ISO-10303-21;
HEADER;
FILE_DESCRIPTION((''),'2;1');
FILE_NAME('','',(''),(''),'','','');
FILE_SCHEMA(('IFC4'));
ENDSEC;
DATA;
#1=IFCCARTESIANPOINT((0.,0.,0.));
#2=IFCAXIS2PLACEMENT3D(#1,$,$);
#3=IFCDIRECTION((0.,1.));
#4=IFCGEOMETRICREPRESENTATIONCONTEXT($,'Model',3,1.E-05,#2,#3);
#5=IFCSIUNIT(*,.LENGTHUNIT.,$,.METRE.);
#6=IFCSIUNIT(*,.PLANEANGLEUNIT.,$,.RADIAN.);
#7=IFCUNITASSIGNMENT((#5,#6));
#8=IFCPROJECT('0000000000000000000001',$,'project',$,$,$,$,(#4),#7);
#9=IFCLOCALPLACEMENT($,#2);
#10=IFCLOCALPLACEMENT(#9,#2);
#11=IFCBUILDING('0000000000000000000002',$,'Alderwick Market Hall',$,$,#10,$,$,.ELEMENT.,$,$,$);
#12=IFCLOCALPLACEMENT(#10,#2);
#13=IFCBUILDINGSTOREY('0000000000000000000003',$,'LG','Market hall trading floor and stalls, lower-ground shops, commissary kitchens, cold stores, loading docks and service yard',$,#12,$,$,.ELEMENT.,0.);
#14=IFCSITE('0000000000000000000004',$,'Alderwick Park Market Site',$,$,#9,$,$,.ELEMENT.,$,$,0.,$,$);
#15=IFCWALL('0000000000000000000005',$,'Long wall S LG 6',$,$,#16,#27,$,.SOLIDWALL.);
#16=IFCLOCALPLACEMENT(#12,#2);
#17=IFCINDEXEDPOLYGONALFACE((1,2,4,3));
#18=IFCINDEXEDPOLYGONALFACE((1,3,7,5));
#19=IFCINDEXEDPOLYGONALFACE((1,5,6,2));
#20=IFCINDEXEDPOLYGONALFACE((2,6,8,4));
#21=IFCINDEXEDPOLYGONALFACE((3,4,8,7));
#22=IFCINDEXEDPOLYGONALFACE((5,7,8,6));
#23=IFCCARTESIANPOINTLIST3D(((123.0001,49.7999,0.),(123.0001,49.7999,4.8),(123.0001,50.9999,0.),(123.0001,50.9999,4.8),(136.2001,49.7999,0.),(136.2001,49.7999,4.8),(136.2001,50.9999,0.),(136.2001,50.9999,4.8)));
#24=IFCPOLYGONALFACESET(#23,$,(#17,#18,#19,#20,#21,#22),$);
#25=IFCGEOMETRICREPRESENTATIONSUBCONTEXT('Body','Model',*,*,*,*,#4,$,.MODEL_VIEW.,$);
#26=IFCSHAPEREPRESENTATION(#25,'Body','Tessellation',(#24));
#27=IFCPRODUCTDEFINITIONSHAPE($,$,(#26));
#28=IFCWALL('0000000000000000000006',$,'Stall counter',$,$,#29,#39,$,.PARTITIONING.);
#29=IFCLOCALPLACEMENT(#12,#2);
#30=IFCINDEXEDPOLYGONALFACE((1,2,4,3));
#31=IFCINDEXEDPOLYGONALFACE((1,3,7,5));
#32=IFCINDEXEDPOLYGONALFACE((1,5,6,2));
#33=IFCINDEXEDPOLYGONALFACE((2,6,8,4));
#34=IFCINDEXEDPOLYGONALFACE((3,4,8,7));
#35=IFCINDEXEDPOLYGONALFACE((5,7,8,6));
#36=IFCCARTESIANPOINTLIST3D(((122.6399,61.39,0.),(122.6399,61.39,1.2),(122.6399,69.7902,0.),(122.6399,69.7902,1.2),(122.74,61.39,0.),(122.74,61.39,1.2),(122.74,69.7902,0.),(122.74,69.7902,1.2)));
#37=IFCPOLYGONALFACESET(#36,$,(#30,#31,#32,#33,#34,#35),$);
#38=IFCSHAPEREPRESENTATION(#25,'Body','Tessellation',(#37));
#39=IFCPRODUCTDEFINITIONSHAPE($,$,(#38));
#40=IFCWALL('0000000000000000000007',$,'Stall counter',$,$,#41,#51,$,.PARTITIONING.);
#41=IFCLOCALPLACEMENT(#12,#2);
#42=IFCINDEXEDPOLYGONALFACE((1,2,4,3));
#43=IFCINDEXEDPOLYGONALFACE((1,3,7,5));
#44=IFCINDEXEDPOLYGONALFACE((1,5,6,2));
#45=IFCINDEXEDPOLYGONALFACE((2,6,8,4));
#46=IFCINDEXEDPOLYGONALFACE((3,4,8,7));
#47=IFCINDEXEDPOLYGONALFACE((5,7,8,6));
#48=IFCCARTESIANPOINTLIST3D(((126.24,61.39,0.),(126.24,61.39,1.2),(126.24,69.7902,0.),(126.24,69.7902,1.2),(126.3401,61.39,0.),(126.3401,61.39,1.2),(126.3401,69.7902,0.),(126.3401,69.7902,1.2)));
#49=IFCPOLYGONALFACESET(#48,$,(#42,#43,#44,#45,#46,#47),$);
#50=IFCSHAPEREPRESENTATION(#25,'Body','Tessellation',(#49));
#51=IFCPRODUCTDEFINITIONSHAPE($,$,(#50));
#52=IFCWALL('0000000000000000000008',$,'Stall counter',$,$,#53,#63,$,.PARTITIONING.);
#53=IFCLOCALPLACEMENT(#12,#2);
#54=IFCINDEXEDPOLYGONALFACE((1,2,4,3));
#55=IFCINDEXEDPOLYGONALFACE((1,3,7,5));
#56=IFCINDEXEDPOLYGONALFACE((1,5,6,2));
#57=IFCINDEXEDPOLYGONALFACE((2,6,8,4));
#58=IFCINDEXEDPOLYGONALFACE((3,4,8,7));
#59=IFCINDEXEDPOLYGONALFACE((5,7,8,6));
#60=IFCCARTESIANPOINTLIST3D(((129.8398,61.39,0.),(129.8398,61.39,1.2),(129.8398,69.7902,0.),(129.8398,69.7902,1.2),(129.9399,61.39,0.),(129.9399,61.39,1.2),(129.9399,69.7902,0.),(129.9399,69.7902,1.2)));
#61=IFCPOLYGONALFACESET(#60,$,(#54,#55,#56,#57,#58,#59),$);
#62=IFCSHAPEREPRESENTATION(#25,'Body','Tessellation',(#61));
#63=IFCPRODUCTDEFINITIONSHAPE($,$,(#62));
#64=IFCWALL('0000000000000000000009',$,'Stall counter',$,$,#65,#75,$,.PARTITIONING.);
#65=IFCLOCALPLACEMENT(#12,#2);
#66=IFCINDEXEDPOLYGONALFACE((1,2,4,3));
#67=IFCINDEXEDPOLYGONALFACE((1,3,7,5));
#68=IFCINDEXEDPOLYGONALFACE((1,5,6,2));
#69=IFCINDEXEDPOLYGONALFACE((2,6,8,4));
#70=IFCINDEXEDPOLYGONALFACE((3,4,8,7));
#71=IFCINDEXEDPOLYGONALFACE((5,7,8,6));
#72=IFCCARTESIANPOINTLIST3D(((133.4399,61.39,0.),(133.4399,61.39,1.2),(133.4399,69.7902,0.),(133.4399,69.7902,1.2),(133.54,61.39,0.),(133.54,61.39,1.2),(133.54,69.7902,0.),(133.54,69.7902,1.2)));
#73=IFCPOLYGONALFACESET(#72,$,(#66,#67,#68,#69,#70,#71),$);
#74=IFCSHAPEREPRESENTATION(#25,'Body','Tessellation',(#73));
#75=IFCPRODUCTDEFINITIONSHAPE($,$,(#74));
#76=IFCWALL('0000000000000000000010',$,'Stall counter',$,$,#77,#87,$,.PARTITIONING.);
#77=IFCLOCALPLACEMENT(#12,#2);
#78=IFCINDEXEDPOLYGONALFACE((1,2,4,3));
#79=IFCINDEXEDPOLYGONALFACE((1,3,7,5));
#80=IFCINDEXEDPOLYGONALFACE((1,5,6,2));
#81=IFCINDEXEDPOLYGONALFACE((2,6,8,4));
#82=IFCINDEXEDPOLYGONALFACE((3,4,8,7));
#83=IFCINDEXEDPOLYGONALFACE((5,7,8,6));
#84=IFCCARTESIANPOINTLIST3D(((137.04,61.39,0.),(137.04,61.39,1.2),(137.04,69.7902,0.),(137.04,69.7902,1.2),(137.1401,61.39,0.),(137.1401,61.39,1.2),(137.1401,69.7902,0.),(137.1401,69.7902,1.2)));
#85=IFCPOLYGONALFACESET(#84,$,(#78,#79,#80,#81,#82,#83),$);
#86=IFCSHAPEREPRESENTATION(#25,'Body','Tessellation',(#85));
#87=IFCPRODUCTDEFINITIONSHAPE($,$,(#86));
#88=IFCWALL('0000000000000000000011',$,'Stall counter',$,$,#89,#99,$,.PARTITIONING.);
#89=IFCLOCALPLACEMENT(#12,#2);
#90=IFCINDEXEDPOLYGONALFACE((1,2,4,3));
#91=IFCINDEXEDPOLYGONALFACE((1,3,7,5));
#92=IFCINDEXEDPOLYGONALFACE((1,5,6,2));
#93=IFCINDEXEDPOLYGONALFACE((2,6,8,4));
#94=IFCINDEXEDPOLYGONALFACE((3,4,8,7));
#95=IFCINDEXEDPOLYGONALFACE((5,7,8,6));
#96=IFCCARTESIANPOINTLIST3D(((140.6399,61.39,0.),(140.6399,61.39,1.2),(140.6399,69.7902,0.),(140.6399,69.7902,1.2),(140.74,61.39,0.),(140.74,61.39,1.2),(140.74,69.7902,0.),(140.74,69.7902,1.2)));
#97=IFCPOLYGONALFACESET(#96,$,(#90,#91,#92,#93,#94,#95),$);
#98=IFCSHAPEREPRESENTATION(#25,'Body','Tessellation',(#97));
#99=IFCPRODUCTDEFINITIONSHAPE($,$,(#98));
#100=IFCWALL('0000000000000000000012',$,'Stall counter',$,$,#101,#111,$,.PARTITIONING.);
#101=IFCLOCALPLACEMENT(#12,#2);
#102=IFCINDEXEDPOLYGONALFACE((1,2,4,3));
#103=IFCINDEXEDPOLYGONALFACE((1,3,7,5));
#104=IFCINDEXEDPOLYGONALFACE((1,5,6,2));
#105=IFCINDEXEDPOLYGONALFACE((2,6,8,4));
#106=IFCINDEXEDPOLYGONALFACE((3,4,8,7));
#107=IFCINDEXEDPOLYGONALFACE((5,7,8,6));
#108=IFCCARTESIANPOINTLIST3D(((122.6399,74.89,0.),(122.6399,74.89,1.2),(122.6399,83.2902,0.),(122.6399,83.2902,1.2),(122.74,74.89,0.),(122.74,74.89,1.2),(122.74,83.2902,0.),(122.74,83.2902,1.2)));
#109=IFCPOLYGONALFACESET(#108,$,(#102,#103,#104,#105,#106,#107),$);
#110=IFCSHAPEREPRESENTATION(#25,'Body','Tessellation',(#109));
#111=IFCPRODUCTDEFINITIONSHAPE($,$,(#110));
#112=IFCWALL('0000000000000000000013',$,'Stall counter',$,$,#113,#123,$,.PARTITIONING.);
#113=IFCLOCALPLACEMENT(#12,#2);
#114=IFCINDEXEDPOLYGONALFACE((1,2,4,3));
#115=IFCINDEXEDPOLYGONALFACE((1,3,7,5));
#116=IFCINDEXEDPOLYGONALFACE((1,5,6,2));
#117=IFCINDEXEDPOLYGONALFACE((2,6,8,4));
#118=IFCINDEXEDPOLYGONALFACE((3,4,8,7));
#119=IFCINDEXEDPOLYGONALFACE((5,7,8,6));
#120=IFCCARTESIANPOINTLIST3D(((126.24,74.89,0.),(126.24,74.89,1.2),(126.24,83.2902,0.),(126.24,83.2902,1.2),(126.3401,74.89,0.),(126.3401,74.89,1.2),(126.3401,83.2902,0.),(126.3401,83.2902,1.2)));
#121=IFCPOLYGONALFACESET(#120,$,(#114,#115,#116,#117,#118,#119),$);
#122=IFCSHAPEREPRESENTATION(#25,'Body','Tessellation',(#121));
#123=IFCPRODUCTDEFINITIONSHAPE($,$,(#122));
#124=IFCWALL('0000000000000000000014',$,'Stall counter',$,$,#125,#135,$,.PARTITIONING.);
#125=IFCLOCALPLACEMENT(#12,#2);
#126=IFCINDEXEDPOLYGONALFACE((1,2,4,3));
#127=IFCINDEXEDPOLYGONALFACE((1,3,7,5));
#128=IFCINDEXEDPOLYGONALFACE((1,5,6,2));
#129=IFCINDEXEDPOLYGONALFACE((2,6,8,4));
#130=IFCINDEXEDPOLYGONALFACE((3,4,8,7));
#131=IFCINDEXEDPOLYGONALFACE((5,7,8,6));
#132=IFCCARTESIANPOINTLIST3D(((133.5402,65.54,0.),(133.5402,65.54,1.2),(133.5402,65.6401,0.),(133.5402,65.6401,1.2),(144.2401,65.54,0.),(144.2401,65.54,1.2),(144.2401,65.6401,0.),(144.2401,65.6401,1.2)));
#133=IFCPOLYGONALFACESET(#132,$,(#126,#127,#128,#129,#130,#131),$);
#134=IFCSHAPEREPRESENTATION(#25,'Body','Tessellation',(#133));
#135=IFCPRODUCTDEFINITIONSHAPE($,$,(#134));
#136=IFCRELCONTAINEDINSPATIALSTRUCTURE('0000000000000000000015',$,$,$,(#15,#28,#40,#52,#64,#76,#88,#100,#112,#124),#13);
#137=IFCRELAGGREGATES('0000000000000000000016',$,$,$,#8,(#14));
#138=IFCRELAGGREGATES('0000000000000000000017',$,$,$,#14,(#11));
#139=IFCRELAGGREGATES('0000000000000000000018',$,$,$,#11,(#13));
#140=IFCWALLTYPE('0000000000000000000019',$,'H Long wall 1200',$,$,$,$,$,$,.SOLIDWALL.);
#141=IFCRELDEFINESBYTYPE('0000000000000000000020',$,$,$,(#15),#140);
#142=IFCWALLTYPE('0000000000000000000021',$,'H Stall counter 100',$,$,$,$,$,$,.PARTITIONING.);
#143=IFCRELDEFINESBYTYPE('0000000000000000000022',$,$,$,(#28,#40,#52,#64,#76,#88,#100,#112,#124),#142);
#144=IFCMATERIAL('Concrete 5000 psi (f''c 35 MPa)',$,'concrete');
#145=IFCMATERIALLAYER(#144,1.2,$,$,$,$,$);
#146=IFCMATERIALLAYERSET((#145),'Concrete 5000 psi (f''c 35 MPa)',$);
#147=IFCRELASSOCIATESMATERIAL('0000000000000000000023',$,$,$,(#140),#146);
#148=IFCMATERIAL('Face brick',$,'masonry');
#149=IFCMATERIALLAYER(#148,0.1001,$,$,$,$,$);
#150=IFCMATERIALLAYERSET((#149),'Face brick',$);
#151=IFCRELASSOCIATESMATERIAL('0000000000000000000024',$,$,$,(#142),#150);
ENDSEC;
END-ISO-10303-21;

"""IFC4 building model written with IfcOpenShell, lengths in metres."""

from ifc_helpers import new_model, si_unit, direction, frame, frame_2d, origin, place, context, subcontext, project, spatial, rectangle, extrude, material, layer, layer_set, type_object, element, save


model = new_model("IFC4")

# Units and contexts
model_context = context("Model", 3, precision=1e-05, world=origin(), true_north=direction((0.0, 1.0)))
body_context = subcontext(model_context, "Body", "Model", "MODEL_VIEW")
ifc_project = project(units=[si_unit("LENGTHUNIT", "METRE"), si_unit("PLANEANGLEUNIT", "RADIAN")], contexts=[model_context])

# Site, building, storey
site_placement = place(None, origin())
site = spatial("IfcSite", under=ifc_project, at=site_placement, Name="Alderwick Park Market Site", CompositionType="ELEMENT", RefElevation=0.0)
building_placement = place(site_placement, origin())
building = spatial("IfcBuilding", under=site, at=building_placement, Name="Alderwick Market Hall", CompositionType="ELEMENT")
storey_placement = place(building_placement, origin())
storey = spatial("IfcBuildingStorey", under=building, at=storey_placement, Name="LG", Description="Market hall trading floor and stalls, lower-ground shops, commissary kitchens, cold stores, loading docks and service yard", CompositionType="ELEMENT", Elevation=0.0)

# Shared definitions
ifc_material_1 = material(Name="Concrete 5000 psi (f'c 35 MPa)", Category="concrete")

# Wall
ifc_layer_1 = layer(ifc_material_1, 1.2)
ifc_layer_set_1 = layer_set([ifc_layer_1], Name="Concrete 5000 psi (f'c 35 MPa)")
wall_type_1 = type_object("IfcWallType", Name="H Long wall 1200", PredefinedType="SOLIDWALL", material=ifc_layer_set_1)
wall_1_placement = place(storey_placement, frame((123.0, 50.3999, 0.0), z_axis=(0.0, 0.0, 1.0), x_axis=(1.0, 0.0, 0.0)))
element("IfcWall", 1, at=wall_1_placement, inside=storey, type_object=wall_type_1, Name="Long wall S LG 6", PredefinedType="SOLIDWALL", context=body_context, shape_type="SweptSolid", body=[
    extrude(rectangle(XDim=13.2, YDim=1.2, at=frame_2d((6.6001, 0.0))), origin(), (0.0, 0.0, 1.0), 4.8),
])

# Walls
ifc_material_2 = material(Name="Face brick", Category="masonry")
ifc_layer_2 = layer(ifc_material_2, 0.1001)
ifc_layer_set_2 = layer_set([ifc_layer_2], Name="Face brick")
wall_type_2 = type_object("IfcWallType", Name="H Stall counter 100", PredefinedType="PARTITIONING", material=ifc_layer_set_2)
for number, where, z_axis, x_axis, name in (
    (2, (122.6899, 61.3899, 0.0), (0.0, 0.0, 1.0), (0.0, 1.0, 0.0), "Stall counter"),
    (3, (126.29, 61.3899, 0.0), (0.0, 0.0, 1.0), (0.0, 1.0, 0.0), "Stall counter"),
    (4, (129.8899, 61.3899, 0.0), (0.0, 0.0, 1.0), (0.0, 1.0, 0.0), "Stall counter"),
    (5, (133.49, 61.3899, 0.0), (0.0, 0.0, 1.0), (0.0, 1.0, 0.0), "Stall counter"),
    (6, (137.0901, 61.3899, 0.0), (0.0, 0.0, 1.0), (0.0, 1.0, 0.0), "Stall counter"),
    (7, (140.6899, 61.3899, 0.0), (0.0, 0.0, 1.0), (0.0, 1.0, 0.0), "Stall counter"),
    (8, (122.6899, 74.8899, 0.0), (0.0, 0.0, 1.0), (0.0, 1.0, 0.0), "Stall counter"),
    (9, (126.29, 74.8899, 0.0), (0.0, 0.0, 1.0), (0.0, 1.0, 0.0), "Stall counter"),
):
    element("IfcWall", number, at=place(storey_placement, frame(where, z_axis=z_axis, x_axis=x_axis)), inside=storey, type_object=wall_type_2, Name=name, PredefinedType="PARTITIONING", context=body_context, shape_type="SweptSolid", body=[
        extrude(rectangle(XDim=8.4001, YDim=0.1001, at=frame_2d((4.2002, 0.0))), origin(), (0.0, 0.0, 1.0), 1.2),
    ])
wall_2_placement = place(storey_placement, frame((133.54, 65.5901, 0.0), z_axis=(0.0, 0.0, 1.0), x_axis=(1.0, 0.0, 0.0)))
element("IfcWall", 10, at=wall_2_placement, inside=storey, type_object=wall_type_2, Name="Stall counter", PredefinedType="PARTITIONING", context=body_context, shape_type="SweptSolid", body=[
    extrude(rectangle(XDim=10.7, YDim=0.1001, at=frame_2d((5.3501, 0.0))), origin(), (0.0, 0.0, 1.0), 1.2),
])

save(model, "model.ifc")
